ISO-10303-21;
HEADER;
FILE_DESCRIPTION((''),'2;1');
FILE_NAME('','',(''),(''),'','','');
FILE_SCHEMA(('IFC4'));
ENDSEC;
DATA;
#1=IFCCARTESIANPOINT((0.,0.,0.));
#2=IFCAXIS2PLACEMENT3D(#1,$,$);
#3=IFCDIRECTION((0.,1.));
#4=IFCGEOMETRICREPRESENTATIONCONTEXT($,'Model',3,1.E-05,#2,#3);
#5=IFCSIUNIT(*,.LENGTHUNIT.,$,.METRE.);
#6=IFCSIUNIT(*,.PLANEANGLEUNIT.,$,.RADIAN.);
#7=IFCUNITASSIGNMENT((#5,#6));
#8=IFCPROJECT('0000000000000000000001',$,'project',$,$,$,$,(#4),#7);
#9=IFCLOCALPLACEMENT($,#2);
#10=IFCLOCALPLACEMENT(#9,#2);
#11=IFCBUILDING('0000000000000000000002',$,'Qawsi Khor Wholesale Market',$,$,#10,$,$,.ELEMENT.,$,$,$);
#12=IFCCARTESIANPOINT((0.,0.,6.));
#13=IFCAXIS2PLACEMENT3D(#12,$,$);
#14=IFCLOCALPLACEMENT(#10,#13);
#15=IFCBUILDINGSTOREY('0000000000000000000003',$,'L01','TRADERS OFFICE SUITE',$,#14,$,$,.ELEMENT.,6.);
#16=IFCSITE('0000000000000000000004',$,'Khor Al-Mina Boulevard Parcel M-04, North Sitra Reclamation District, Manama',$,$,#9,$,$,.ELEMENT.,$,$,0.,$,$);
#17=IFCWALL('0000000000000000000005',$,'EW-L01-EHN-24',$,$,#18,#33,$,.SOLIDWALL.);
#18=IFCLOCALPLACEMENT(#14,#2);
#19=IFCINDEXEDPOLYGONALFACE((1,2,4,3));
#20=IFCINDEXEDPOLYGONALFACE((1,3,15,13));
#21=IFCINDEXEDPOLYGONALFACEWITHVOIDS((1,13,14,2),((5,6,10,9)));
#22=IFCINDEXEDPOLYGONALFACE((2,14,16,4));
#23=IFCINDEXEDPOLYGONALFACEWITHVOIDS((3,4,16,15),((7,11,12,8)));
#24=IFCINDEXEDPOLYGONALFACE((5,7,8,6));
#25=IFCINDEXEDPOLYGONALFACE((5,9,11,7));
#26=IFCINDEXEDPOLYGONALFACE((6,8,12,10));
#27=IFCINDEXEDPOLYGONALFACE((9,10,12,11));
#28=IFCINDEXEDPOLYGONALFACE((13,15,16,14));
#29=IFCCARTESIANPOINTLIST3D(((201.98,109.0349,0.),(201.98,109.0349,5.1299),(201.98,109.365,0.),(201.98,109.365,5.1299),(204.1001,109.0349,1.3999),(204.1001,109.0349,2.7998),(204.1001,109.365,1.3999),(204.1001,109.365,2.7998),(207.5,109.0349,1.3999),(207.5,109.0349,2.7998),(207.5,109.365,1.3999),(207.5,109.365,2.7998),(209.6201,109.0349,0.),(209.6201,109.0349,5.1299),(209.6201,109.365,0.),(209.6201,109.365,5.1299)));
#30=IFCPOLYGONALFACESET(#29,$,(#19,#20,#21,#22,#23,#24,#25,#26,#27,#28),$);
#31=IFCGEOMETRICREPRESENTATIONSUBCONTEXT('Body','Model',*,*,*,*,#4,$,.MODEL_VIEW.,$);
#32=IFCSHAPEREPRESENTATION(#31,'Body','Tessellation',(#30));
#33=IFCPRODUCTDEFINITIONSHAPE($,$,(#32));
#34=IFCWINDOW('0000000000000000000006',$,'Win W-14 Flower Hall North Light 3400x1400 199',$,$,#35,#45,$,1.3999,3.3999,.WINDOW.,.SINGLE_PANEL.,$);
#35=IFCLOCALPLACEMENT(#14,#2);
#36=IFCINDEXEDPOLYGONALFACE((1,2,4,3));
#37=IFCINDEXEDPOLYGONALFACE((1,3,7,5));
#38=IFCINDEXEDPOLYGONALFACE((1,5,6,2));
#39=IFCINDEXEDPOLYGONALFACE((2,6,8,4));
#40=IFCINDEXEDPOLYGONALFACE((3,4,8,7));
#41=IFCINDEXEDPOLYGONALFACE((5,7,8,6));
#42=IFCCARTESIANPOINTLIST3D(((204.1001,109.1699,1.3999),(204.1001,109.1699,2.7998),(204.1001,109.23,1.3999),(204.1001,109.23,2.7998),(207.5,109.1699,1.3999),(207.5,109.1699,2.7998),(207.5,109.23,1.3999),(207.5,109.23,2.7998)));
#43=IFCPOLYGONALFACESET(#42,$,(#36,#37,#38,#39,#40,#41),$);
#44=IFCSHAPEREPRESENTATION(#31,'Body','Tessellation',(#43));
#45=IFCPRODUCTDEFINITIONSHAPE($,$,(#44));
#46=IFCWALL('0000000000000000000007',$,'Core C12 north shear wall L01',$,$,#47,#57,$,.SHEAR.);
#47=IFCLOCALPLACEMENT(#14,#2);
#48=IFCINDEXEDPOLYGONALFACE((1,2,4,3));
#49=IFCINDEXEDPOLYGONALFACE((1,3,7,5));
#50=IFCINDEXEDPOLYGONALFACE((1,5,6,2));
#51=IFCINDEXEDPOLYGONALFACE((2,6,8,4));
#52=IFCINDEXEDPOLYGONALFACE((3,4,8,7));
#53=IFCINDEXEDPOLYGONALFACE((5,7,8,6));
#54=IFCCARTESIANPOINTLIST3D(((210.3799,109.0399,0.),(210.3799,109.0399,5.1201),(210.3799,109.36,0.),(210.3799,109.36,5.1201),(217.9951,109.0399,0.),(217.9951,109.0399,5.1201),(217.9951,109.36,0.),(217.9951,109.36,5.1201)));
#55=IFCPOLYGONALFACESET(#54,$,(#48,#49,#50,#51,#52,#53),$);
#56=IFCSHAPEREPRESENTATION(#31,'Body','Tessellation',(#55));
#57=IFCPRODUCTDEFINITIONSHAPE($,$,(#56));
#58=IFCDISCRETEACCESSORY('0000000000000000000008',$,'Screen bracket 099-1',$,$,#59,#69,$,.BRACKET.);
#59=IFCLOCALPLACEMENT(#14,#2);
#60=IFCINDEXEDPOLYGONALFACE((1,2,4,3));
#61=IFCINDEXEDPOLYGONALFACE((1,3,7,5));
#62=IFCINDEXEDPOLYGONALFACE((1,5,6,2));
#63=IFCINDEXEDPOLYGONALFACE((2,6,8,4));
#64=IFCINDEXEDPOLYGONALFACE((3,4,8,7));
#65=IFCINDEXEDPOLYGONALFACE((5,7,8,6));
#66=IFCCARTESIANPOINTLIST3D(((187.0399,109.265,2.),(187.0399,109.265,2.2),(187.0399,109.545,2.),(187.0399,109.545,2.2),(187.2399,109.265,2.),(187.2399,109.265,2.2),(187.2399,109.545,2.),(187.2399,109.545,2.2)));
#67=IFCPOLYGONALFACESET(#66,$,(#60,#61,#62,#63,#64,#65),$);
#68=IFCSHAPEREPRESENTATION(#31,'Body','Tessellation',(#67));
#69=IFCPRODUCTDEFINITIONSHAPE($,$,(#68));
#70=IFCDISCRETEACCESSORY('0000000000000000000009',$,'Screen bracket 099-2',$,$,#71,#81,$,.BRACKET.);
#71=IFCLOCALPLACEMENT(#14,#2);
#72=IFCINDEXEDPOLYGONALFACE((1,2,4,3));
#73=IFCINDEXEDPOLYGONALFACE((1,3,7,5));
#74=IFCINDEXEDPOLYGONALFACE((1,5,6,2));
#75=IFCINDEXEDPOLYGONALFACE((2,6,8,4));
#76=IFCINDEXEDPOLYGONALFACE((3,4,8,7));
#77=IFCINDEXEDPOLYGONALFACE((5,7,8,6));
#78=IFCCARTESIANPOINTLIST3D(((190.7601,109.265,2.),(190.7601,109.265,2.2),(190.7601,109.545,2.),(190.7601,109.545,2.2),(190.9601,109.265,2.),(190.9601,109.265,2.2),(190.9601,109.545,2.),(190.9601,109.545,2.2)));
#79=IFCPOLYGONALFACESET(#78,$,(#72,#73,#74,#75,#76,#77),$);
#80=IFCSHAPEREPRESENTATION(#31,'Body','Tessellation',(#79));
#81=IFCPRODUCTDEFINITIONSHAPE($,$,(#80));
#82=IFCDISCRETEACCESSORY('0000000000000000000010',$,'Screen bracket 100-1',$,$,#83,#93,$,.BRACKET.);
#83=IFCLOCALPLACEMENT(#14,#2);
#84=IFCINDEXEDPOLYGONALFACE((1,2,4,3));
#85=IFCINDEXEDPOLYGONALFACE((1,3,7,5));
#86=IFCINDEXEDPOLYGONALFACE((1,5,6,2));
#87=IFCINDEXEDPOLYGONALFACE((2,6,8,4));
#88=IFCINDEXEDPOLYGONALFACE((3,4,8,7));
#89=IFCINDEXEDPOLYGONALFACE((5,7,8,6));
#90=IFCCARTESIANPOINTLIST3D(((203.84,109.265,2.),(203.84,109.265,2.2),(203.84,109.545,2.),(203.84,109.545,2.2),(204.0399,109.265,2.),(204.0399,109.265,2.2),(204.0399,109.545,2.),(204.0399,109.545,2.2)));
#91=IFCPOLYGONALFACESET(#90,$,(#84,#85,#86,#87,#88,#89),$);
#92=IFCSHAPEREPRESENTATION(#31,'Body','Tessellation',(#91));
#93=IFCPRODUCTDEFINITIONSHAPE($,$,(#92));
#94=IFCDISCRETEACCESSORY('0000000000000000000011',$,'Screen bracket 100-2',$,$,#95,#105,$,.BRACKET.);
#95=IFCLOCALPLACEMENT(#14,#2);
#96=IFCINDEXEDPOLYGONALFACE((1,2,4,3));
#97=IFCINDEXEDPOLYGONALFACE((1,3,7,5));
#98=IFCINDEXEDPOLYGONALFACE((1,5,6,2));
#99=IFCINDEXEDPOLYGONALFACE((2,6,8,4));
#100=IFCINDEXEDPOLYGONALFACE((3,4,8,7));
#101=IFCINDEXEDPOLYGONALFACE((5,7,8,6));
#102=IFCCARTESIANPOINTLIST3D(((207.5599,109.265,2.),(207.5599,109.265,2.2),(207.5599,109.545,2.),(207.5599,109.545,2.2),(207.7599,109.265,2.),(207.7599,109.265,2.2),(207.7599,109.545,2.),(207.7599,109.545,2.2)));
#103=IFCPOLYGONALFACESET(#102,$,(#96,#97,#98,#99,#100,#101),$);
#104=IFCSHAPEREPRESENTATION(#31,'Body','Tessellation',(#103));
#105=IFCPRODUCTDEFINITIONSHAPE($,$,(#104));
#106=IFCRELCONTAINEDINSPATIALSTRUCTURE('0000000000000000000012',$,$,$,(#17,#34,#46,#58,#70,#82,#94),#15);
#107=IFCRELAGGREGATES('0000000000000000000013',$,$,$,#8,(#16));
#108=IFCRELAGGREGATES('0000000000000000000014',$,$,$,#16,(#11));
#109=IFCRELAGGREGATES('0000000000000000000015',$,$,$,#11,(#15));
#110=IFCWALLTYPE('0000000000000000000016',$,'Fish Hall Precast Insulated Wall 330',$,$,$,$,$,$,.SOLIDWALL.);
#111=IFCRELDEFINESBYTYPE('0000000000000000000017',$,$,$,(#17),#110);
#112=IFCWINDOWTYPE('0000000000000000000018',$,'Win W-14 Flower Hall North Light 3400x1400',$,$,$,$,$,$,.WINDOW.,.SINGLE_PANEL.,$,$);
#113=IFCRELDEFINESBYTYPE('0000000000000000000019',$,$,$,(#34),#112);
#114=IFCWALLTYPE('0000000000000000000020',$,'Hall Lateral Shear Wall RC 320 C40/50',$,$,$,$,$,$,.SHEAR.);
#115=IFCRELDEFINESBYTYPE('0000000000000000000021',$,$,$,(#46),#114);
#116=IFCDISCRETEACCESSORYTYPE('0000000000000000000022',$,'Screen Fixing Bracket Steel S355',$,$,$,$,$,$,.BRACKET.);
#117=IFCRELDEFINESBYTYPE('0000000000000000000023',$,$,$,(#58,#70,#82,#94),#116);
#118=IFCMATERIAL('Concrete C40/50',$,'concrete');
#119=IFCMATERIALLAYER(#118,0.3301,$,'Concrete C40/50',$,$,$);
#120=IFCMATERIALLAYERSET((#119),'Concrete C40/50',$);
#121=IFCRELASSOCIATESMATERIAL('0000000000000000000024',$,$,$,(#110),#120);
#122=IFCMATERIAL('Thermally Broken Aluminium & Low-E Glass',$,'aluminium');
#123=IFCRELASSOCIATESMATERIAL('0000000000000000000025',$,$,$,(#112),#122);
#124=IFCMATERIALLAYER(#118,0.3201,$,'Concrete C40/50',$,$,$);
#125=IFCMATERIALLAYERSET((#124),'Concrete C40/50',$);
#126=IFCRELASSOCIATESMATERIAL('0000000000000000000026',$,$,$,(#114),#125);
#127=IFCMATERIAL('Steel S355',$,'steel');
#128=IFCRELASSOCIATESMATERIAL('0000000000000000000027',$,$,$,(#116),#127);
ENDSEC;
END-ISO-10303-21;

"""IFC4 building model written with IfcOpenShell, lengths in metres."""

from ifc_helpers import new_model, si_unit, direction, frame, frame_2d, origin, origin_2d, place, context, subcontext, project, spatial, rectangle, extrude, material, layer, layer_set, type_object, element, fill, save


model = new_model("IFC4")

# Units and contexts
model_context = context("Model", 3, precision=1e-05, world=origin(), true_north=direction((0.0, 1.0)))
body_context = subcontext(model_context, "Body", "Model", "MODEL_VIEW")
ifc_project = project(units=[si_unit("LENGTHUNIT", "METRE"), si_unit("PLANEANGLEUNIT", "RADIAN")], contexts=[model_context])

# Site, building, storey
site_placement = place(None, origin())
site = spatial("IfcSite", under=ifc_project, at=site_placement, Name="Khor Al-Mina Boulevard Parcel M-04, North Sitra Reclamation District, Manama", CompositionType="ELEMENT", RefElevation=0.0)
building_placement = place(site_placement, origin())
building = spatial("IfcBuilding", under=site, at=building_placement, Name="Qawsi Khor Wholesale Market", CompositionType="ELEMENT")
storey_placement = place(building_placement, frame((0.0, 0.0, 6.0)))
storey = spatial("IfcBuildingStorey", under=building, at=storey_placement, Name="L01", Description="TRADERS OFFICE SUITE", CompositionType="ELEMENT", Elevation=6.0)

# Shared definitions
ifc_material_1 = material(Name="Concrete C40/50", Category="concrete")

# Shared definitions
ifc_material_2 = material(Name="Steel S355", Category="steel")

# Wall, opening, window
ifc_layer_1 = layer(ifc_material_1, 0.3301, Name="Concrete C40/50")
ifc_layer_set_1 = layer_set([ifc_layer_1], Name="Concrete C40/50")
wall_type_1 = type_object("IfcWallType", Name="Fish Hall Precast Insulated Wall 330", PredefinedType="SOLIDWALL", material=ifc_layer_set_1)
ifc_material_3 = material(Name="Thermally Broken Aluminium & Low-E Glass", Category="aluminium")
window_type = type_object("IfcWindowType", Name="Win W-14 Flower Hall North Light 3400x1400", PartitioningType="SINGLE_PANEL", PredefinedType="WINDOW", material=ifc_material_3)
wall_1_placement = place(storey_placement, frame((201.98, 109.2, 0.0), z_axis=(0.0, 0.0, 1.0), x_axis=(1.0, 0.0, 0.0)))
wall_1 = element("IfcWall", 1, at=wall_1_placement, inside=storey, type_object=wall_type_1, Name="EW-L01-EHN-24", PredefinedType="SOLIDWALL", context=body_context, shape_type="SweptSolid", body=[
    extrude(rectangle(XDim=7.6401, YDim=0.3301, at=frame_2d((3.8201, 0.0))), origin(), (0.0, 0.0, 1.0), 5.1299),
])
opening_1_placement = place(wall_1_placement, frame((2.1201, 0.0, 1.3999)))
opening_1 = element("IfcOpeningElement", 2, at=opening_1_placement, cuts=wall_1, PredefinedType="OPENING", context=body_context, shape_type="SweptSolid", body=[
    extrude(rectangle(XDim=3.3999, YDim=1.3999, at=frame_2d((1.7, 0.7))), frame((0.0, 0.175, 0.0), z_axis=(0.0, -1.0, 0.0), x_axis=(1.0, 0.0, 0.0)), (0.0, 0.0, 1.0), 0.3501),
])
window_1_placement = place(opening_1_placement, origin())
window_1 = element("IfcWindow", 3, at=window_1_placement, inside=storey, type_object=window_type, Name="Win W-14 Flower Hall North Light 3400x1400 199", OverallHeight=1.3999, OverallWidth=3.3999, PartitioningType="SINGLE_PANEL", PredefinedType="WINDOW", context=body_context, shape_type="SweptSolid", body=[
    extrude(rectangle(XDim=3.3999, YDim=1.3999, at=frame_2d((1.7, 0.7))), frame((0.0, 0.03, 0.0), z_axis=(0.0, -1.0, 0.0), x_axis=(1.0, 0.0, 0.0)), (0.0, 0.0, 1.0), 0.0601),
])
fill(opening_1, window_1)

# Wall
ifc_layer_2 = layer(ifc_material_1, 0.3201, Name="Concrete C40/50")
ifc_layer_set_2 = layer_set([ifc_layer_2], Name="Concrete C40/50")
wall_type_2 = type_object("IfcWallType", Name="Hall Lateral Shear Wall RC 320 C40/50", PredefinedType="SHEAR", material=ifc_layer_set_2)
wall_2_placement = place(storey_placement, frame((210.3799, 109.2, 0.0), z_axis=(0.0, 0.0, 1.0), x_axis=(1.0, 0.0, 0.0)))
element("IfcWall", 4, at=wall_2_placement, inside=storey, type_object=wall_type_2, Name="Core C12 north shear wall L01", PredefinedType="SHEAR", context=body_context, shape_type="SweptSolid", body=[
    extrude(rectangle(XDim=7.6152, YDim=0.3201, at=frame_2d((3.8076, 0.0))), origin(), (0.0, 0.0, 1.0), 5.1201),
])

# Discrete accessories
discrete_accessory_type = type_object("IfcDiscreteAccessoryType", Name="Screen Fixing Bracket Steel S355", PredefinedType="BRACKET", material=ifc_material_2)
for number, where, z_axis, x_axis, name in (
    (5, (187.1399, 109.405, 2.0), (0.0, 0.0, 1.0), (1.0, 0.0, 0.0), "Screen bracket 099-1"),
    (6, (190.8601, 109.405, 2.0), (0.0, 0.0, 1.0), (1.0, 0.0, 0.0), "Screen bracket 099-2"),
    (7, (203.9399, 109.405, 2.0), (0.0, 0.0, 1.0), (1.0, 0.0, 0.0), "Screen bracket 100-1"),
    (8, (207.6599, 109.405, 2.0), (0.0, 0.0, 1.0), (1.0, 0.0, 0.0), "Screen bracket 100-2"),
):
    element("IfcDiscreteAccessory", number, at=place(storey_placement, frame(where, z_axis=z_axis, x_axis=x_axis)), inside=storey, type_object=discrete_accessory_type, Name=name, PredefinedType="BRACKET", context=body_context, shape_type="SweptSolid", body=[
        extrude(rectangle(XDim=0.2, YDim=0.28, at=origin_2d()), origin(), (0.0, 0.0, 1.0), 0.2),
    ])

save(model, "model.ifc")
